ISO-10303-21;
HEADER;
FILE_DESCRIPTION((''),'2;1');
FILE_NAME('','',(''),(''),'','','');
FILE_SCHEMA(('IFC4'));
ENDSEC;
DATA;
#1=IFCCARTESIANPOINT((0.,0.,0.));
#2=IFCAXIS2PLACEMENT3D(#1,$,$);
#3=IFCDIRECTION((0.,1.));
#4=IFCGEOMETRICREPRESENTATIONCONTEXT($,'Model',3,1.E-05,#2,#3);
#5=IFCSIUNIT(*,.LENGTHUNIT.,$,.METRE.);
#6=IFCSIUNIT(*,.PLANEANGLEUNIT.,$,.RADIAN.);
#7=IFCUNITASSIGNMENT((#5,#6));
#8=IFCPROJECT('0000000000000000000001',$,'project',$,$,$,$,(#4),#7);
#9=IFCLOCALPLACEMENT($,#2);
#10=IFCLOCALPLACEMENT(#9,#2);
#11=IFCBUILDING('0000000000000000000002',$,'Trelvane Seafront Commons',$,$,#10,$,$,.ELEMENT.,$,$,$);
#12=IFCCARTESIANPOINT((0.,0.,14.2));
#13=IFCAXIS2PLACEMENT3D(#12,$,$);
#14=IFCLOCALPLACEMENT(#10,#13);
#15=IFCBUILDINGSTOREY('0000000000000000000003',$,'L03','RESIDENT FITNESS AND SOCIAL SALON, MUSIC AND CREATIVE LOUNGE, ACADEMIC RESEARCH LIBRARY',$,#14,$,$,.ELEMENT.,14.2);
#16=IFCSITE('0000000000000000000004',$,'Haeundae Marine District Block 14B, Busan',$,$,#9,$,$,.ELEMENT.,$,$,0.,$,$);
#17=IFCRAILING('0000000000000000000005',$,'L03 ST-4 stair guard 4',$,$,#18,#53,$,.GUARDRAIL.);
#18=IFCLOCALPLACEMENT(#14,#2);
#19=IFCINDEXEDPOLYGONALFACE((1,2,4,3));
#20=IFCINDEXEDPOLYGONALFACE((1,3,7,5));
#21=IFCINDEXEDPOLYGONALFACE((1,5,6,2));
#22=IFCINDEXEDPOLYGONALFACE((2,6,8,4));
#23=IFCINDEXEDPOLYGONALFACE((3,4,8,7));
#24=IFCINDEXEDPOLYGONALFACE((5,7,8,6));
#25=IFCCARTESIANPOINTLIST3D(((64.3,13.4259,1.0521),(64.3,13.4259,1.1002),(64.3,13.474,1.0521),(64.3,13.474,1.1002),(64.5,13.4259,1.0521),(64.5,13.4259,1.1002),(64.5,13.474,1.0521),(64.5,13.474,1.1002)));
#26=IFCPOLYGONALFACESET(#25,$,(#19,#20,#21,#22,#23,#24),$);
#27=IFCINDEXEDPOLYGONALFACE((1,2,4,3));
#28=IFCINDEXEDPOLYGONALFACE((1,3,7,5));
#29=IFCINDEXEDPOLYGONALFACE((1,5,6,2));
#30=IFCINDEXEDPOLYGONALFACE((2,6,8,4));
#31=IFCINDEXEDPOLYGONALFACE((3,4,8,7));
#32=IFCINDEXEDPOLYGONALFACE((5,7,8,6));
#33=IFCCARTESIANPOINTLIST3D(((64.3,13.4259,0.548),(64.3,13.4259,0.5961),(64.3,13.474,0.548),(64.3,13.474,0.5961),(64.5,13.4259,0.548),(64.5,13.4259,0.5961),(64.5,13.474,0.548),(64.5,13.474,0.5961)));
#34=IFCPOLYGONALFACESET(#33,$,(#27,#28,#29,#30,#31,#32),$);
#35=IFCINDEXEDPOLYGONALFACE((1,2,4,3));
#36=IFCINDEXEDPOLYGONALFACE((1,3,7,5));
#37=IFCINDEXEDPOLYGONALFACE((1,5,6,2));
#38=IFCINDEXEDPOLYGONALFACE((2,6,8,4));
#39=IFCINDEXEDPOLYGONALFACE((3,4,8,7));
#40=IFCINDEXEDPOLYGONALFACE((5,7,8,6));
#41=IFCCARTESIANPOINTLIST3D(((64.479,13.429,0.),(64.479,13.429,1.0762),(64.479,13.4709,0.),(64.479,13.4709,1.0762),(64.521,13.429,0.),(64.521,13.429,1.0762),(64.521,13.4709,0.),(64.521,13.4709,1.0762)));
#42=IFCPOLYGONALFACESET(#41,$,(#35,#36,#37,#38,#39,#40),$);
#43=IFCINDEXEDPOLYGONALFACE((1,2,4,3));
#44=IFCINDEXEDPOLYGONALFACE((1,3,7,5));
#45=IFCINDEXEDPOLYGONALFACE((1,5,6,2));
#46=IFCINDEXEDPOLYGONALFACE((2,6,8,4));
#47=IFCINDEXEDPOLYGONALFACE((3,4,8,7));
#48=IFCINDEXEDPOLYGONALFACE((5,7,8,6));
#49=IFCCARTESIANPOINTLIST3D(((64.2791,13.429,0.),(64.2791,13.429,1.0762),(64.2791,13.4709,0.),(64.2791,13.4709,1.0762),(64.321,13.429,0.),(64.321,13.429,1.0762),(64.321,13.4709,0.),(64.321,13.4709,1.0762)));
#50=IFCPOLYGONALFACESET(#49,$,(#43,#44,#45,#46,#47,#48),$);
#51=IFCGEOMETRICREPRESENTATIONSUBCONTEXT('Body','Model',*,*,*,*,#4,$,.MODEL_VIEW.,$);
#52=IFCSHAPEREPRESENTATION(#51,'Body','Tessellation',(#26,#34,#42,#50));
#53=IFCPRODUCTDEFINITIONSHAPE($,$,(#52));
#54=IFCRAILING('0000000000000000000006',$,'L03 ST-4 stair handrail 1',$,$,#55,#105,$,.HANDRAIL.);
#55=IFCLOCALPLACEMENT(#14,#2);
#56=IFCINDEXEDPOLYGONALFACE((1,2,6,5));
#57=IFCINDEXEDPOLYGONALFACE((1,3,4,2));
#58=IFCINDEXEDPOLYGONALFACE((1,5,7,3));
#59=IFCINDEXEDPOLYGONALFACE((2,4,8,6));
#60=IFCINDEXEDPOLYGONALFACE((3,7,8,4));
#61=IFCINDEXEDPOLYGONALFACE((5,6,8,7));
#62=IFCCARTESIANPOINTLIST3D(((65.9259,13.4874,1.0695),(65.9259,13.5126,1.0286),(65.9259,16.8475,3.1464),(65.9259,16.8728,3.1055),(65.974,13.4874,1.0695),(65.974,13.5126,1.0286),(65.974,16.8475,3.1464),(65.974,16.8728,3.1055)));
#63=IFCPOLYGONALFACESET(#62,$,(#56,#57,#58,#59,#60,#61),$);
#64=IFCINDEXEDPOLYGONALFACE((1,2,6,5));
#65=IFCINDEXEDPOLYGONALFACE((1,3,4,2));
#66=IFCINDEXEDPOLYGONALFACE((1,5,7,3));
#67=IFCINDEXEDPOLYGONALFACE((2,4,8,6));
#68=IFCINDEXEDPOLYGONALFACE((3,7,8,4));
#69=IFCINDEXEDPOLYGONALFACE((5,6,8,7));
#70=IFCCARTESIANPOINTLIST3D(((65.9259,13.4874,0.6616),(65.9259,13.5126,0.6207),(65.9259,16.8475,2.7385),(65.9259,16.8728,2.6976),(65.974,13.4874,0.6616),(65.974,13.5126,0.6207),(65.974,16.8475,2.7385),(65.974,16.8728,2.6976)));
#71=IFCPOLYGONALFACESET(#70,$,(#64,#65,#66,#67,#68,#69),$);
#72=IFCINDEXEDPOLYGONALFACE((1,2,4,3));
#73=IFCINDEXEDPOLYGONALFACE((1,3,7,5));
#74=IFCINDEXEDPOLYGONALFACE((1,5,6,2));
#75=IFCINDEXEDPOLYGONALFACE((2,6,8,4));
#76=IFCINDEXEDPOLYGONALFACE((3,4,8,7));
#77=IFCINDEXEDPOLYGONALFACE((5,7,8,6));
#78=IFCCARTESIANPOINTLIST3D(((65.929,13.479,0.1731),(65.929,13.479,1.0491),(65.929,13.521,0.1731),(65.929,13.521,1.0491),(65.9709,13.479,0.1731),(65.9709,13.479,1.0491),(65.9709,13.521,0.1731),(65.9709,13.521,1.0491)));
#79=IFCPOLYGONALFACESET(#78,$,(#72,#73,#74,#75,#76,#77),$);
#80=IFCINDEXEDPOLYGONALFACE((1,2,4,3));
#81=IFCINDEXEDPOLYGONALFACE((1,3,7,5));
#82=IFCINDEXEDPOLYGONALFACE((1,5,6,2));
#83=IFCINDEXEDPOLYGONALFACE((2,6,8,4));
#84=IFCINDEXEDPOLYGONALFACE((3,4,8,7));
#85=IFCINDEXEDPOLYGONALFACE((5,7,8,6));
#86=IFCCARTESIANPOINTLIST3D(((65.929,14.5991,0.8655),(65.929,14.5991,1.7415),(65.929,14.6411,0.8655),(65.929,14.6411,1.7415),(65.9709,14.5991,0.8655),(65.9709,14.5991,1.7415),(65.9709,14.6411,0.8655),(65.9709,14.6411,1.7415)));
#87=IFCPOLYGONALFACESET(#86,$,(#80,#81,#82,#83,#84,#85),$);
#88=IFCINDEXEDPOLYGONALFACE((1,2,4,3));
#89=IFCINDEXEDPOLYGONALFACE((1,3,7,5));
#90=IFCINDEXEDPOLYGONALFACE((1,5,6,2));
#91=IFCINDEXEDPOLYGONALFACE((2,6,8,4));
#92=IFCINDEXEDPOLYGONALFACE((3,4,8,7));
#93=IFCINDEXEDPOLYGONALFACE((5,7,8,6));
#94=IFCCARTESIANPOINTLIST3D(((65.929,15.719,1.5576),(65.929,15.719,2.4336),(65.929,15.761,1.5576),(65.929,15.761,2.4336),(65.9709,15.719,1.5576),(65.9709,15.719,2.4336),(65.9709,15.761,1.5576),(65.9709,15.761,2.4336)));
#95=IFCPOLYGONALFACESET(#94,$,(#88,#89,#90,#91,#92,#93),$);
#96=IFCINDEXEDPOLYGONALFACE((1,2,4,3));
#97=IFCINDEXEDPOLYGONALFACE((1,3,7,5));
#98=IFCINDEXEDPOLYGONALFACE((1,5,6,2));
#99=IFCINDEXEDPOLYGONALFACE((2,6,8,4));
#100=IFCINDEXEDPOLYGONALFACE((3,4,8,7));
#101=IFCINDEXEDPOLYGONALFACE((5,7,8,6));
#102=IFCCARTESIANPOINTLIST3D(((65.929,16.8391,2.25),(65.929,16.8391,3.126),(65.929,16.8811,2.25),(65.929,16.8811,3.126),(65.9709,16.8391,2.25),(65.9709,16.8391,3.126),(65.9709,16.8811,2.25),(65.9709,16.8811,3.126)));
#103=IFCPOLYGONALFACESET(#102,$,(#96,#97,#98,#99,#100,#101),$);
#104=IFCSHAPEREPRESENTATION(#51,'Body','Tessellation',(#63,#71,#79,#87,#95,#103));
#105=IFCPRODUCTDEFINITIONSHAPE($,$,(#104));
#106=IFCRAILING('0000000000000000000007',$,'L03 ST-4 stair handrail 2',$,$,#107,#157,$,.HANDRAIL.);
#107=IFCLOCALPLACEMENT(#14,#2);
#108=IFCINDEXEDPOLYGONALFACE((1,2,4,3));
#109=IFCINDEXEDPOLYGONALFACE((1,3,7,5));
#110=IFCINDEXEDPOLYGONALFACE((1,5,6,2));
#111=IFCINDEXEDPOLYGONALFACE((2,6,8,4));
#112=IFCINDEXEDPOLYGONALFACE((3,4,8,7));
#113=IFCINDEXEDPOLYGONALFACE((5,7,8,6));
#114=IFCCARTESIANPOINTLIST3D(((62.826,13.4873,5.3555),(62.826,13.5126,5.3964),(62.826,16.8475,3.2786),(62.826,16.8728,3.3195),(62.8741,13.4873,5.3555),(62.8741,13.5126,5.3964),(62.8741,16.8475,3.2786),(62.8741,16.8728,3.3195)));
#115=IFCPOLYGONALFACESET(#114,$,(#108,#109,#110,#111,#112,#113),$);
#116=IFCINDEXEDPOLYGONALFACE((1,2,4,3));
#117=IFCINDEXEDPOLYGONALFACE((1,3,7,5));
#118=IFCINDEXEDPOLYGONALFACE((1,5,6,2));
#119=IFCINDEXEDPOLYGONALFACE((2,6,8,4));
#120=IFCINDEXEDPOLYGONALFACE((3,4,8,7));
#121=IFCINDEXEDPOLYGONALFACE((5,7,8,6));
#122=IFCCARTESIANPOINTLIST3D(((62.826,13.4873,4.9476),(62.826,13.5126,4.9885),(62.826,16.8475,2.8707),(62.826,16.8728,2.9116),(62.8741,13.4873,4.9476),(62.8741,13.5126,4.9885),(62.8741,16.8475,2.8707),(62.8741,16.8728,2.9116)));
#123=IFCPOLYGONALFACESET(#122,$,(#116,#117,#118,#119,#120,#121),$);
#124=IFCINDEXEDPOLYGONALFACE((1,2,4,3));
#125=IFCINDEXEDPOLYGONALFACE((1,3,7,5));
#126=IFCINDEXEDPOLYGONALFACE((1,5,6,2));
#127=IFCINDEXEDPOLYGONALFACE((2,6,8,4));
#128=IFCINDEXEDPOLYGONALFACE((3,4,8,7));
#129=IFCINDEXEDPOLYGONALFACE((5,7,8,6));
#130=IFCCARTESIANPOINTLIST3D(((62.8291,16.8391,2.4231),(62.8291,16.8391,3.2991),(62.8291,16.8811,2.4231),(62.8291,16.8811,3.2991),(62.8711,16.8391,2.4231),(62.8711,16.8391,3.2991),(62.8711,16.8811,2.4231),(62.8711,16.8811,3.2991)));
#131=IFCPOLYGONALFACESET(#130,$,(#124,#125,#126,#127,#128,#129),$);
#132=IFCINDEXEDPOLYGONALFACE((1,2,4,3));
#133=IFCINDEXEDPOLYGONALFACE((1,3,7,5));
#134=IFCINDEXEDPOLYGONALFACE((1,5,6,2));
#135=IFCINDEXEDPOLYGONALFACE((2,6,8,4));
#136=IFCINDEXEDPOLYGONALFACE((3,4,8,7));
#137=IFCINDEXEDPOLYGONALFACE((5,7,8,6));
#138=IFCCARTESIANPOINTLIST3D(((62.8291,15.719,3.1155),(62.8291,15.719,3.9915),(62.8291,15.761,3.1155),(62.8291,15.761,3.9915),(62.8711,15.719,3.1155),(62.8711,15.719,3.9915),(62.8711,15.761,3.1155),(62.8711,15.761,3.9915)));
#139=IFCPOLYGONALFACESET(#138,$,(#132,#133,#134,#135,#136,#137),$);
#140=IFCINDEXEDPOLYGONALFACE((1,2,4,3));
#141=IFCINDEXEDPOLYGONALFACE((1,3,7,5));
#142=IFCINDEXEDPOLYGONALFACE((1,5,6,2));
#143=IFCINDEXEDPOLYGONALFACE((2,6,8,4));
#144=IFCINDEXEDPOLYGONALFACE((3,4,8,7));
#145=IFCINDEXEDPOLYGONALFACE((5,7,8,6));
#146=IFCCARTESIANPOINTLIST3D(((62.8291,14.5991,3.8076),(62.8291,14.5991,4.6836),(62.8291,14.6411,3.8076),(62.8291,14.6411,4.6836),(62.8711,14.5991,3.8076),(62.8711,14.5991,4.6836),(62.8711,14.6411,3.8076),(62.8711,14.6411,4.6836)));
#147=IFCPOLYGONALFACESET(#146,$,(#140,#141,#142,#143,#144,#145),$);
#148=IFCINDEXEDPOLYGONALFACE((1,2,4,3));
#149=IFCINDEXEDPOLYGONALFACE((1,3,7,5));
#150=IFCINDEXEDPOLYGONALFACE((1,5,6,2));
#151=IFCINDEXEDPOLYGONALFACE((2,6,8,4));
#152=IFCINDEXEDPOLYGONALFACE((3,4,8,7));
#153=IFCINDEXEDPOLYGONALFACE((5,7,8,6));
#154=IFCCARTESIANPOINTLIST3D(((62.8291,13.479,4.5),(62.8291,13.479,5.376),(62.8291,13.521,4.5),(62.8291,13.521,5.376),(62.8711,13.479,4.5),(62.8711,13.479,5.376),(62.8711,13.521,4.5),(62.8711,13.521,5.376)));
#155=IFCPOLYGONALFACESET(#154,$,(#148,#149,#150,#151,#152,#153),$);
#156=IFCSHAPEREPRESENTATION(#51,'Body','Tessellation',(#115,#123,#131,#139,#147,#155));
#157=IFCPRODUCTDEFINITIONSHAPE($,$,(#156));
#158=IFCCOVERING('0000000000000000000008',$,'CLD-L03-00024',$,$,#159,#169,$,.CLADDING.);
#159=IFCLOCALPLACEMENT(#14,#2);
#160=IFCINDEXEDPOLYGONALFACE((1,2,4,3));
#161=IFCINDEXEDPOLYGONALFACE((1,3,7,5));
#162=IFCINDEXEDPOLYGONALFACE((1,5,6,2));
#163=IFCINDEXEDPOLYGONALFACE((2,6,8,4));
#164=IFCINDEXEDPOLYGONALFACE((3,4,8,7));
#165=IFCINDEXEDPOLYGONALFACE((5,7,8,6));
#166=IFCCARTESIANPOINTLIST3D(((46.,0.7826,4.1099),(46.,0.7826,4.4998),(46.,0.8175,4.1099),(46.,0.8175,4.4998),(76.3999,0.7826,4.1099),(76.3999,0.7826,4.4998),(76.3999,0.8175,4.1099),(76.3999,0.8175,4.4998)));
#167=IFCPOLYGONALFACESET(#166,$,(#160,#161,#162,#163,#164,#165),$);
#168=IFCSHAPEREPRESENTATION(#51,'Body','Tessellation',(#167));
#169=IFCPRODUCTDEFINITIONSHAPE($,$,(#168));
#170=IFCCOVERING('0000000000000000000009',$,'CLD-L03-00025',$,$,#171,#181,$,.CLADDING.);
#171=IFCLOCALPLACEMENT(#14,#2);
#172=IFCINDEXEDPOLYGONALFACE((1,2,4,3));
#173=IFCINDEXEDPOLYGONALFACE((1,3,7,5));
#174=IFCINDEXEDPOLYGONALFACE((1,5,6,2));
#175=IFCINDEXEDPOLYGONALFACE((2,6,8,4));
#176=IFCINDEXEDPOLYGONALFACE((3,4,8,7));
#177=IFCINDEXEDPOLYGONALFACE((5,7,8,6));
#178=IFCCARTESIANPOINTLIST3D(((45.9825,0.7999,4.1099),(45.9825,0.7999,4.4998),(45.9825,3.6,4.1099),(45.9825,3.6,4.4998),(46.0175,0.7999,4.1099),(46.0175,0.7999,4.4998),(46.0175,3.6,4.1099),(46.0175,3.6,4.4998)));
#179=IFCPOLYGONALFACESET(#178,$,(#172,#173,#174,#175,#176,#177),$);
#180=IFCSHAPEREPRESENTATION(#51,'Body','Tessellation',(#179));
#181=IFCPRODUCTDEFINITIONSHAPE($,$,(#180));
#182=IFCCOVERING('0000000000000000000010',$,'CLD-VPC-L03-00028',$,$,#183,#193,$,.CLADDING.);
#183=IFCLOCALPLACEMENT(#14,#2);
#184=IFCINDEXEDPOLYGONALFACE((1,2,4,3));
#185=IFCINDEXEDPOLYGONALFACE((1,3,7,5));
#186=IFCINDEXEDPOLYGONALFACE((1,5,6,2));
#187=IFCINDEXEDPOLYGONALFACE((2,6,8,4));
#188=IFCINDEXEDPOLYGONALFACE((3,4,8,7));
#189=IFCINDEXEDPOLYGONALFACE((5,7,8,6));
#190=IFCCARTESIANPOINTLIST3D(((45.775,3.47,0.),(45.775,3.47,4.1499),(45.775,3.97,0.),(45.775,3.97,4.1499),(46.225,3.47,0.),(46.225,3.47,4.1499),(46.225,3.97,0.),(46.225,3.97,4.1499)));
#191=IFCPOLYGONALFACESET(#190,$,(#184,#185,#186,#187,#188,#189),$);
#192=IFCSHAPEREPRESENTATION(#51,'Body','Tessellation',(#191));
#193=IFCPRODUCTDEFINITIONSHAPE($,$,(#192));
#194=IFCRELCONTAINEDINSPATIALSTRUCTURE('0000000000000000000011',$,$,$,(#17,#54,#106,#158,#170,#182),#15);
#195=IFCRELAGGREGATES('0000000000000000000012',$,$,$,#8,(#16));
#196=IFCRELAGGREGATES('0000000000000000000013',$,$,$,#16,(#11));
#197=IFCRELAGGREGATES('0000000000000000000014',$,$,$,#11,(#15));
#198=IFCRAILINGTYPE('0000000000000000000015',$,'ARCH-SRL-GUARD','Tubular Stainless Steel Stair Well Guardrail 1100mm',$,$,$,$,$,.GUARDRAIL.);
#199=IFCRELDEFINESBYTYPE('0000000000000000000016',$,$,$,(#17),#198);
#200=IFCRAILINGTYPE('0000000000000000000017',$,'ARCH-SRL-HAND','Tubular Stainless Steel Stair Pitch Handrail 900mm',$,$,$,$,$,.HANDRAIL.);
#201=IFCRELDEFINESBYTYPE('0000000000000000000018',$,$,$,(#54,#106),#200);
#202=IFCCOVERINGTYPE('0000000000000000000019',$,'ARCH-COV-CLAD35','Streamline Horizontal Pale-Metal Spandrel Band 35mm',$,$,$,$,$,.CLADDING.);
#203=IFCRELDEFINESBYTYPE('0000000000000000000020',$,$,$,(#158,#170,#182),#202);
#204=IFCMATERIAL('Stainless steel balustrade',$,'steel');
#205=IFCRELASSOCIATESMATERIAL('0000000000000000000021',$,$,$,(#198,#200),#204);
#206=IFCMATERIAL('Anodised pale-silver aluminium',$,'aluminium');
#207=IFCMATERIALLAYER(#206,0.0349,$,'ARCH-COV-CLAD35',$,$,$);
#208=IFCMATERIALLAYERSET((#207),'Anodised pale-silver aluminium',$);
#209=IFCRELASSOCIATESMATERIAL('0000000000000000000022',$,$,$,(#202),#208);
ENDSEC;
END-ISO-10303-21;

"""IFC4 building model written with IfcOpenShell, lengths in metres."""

from ifc_helpers import new_model, si_unit, direction, frame, origin, origin_2d, place, context, subcontext, project, spatial, rectangle, extrude, source, transform, mapped, material, layer, layer_set, type_object, element, save


model = new_model("IFC4")

# Units and contexts
model_context = context("Model", 3, precision=1e-05, world=origin(), true_north=direction((0.0, 1.0)))
body_context = subcontext(model_context, "Body", "Model", "MODEL_VIEW")
ifc_project = project(units=[si_unit("LENGTHUNIT", "METRE"), si_unit("PLANEANGLEUNIT", "RADIAN")], contexts=[model_context])

# Site, building, storey
site_placement = place(None, origin())
site = spatial("IfcSite", under=ifc_project, at=site_placement, Name="Haeundae Marine District Block 14B, Busan", CompositionType="ELEMENT", RefElevation=0.0)
building_placement = place(site_placement, origin())
building = spatial("IfcBuilding", under=site, at=building_placement, Name="Trelvane Seafront Commons", CompositionType="ELEMENT")
storey_placement = place(building_placement, frame((0.0, 0.0, 14.2)))
storey = spatial("IfcBuildingStorey", under=building, at=storey_placement, Name="L03", Description="RESIDENT FITNESS AND SOCIAL SALON, MUSIC AND CREATIVE LOUNGE, ACADEMIC RESEARCH LIBRARY", CompositionType="ELEMENT", Elevation=14.2)

# Railings
ifc_material_1 = material(Name="Stainless steel balustrade", Category="steel")
railing_type_1 = type_object("IfcRailingType", Name="ARCH-SRL-GUARD", Description="Tubular Stainless Steel Stair Well Guardrail 1100mm", PredefinedType="GUARDRAIL", material=ifc_material_1)
railing_1_placement = place(storey_placement, frame((64.5, 13.45, 0.0)))
element("IfcRailing", 1, at=railing_1_placement, inside=storey, type_object=railing_type_1, Name="L03 ST-4 stair guard 4", PredefinedType="GUARDRAIL", context=body_context, shape_type="SweptSolid", body=[
    extrude(rectangle(XDim=0.0481, YDim=0.0481, at=origin_2d()), frame((0.0, 0.0, 1.0762), z_axis=(-1.0, 0.0, 0.0), x_axis=(0.0, -1.0, 0.0)), (0.0, 0.0, 1.0), 0.2),
    extrude(rectangle(XDim=0.0481, YDim=0.0481, at=origin_2d()), frame((0.0, 0.0, 0.572), z_axis=(-1.0, 0.0, 0.0), x_axis=(0.0, -1.0, 0.0)), (0.0, 0.0, 1.0), 0.2),
    extrude(rectangle(XDim=0.042, YDim=0.042, at=origin_2d()), origin(), (0.0, 0.0, 1.0), 1.0762),
    extrude(rectangle(XDim=0.042, YDim=0.042, at=origin_2d()), frame((-0.2, 0.0, 0.0)), (0.0, 0.0, 1.0), 1.0762),
])
railing_type_2 = type_object("IfcRailingType", Name="ARCH-SRL-HAND", Description="Tubular Stainless Steel Stair Pitch Handrail 900mm", PredefinedType="HANDRAIL", material=ifc_material_1)
railing_2_placement = place(storey_placement, frame((65.95, 13.5, 0.1731)))
element("IfcRailing", 2, at=railing_2_placement, inside=storey, type_object=railing_type_2, Name="L03 ST-4 stair handrail 1", PredefinedType="HANDRAIL", context=body_context, shape_type="SweptSolid", body=[
    extrude(rectangle(XDim=0.0481, YDim=0.0481, at=origin_2d()), frame((0.0, 0.0, 0.876), z_axis=(0.0, 0.850623, 0.525776), x_axis=(-1.0, 0.0, 0.0)), (0.0, 0.0, 1.0), 3.9502),
    extrude(rectangle(XDim=0.0481, YDim=0.0481, at=origin_2d()), frame((0.0, 0.0, 0.468), z_axis=(0.0, 0.850623, 0.525776), x_axis=(-1.0, 0.0, 0.0)), (0.0, 0.0, 1.0), 3.9502),
    extrude(rectangle(XDim=0.042, YDim=0.042, at=origin_2d()), origin(), (0.0, 0.0, 1.0), 0.876),
    extrude(rectangle(XDim=0.042, YDim=0.042, at=origin_2d()), frame((0.0, 1.1201, 0.6924)), (0.0, 0.0, 1.0), 0.876),
    extrude(rectangle(XDim=0.042, YDim=0.042, at=origin_2d()), frame((0.0, 2.24, 1.3845)), (0.0, 0.0, 1.0), 0.876),
    extrude(rectangle(XDim=0.042, YDim=0.042, at=origin_2d()), frame((0.0, 3.3601, 2.0769)), (0.0, 0.0, 1.0), 0.876),
])
railing_3_placement = place(storey_placement, frame((62.8501, 16.8601, 2.4231)))
element("IfcRailing", 3, at=railing_3_placement, inside=storey, type_object=railing_type_2, Name="L03 ST-4 stair handrail 2", PredefinedType="HANDRAIL", context=body_context, shape_type="SweptSolid", body=[
    extrude(rectangle(XDim=0.0481, YDim=0.0481, at=origin_2d()), frame((0.0, 0.0, 0.876), z_axis=(0.0, -0.850623, 0.525776), x_axis=(1.0, 0.0, 0.0)), (0.0, 0.0, 1.0), 3.9502),
    extrude(rectangle(XDim=0.0481, YDim=0.0481, at=origin_2d()), frame((0.0, 0.0, 0.468), z_axis=(0.0, -0.850623, 0.525776), x_axis=(1.0, 0.0, 0.0)), (0.0, 0.0, 1.0), 3.9502),
    extrude(rectangle(XDim=0.042, YDim=0.042, at=origin_2d()), origin(), (0.0, 0.0, 1.0), 0.876),
    extrude(rectangle(XDim=0.042, YDim=0.042, at=origin_2d()), frame((0.0, -1.1201, 0.6924)), (0.0, 0.0, 1.0), 0.876),
    extrude(rectangle(XDim=0.042, YDim=0.042, at=origin_2d()), frame((0.0, -2.24, 1.3845)), (0.0, 0.0, 1.0), 0.876),
    extrude(rectangle(XDim=0.042, YDim=0.042, at=origin_2d()), frame((0.0, -3.3601, 2.0769)), (0.0, 0.0, 1.0), 0.876),
])

# Coverings
ifc_material_2 = material(Name="Anodised pale-silver aluminium", Category="aluminium")
ifc_layer_1 = layer(ifc_material_2, 0.0349, Name="ARCH-COV-CLAD35")
ifc_layer_set_1 = layer_set([ifc_layer_1], Name="Anodised pale-silver aluminium")
covering_type = type_object("IfcCoveringType", Name="ARCH-COV-CLAD35", Description="Streamline Horizontal Pale-Metal Spandrel Band 35mm", PredefinedType="CLADDING", material=ifc_layer_set_1)
shared_shape_1 = source(origin(), body_context, "Body", "SweptSolid", [
    extrude(rectangle(XDim=30.3999, YDim=0.0349, at=origin_2d()), origin(), (0.0, 0.0, 1.0), 0.3899),
])
covering_1_placement = place(storey_placement, frame((61.2, 0.8, 4.1099), z_axis=(0.0, 0.0, 1.0), x_axis=(-1.0, 0.0, 0.0)))
element("IfcCovering", 4, at=covering_1_placement, inside=storey, type_object=covering_type, Name="CLD-L03-00024", PredefinedType="CLADDING", context=body_context, shape_type="MappedRepresentation", body=[
    mapped(shared_shape_1, transform((0.0, 0.0, 0.0), x_axis=(1.0, 0.0, 0.0), y_axis=(0.0, 1.0, 0.0), z_axis=(0.0, 0.0, 1.0), scale=1.0)),
])
shared_shape_2 = source(origin(), body_context, "Body", "SweptSolid", [
    extrude(rectangle(XDim=2.8, YDim=0.0349, at=origin_2d()), origin(), (0.0, 0.0, 1.0), 0.3899),
])
covering_2_placement = place(storey_placement, frame((46.0, 2.2, 4.1099), z_axis=(0.0, 0.0, 1.0), x_axis=(0.0, 1.0, 0.0)))
element("IfcCovering", 5, at=covering_2_placement, inside=storey, type_object=covering_type, Name="CLD-L03-00025", PredefinedType="CLADDING", context=body_context, shape_type="MappedRepresentation", body=[
    mapped(shared_shape_2, transform((0.0, 0.0, 0.0), x_axis=(1.0, 0.0, 0.0), y_axis=(0.0, 1.0, 0.0), z_axis=(0.0, 0.0, 1.0), scale=1.0)),
])
shared_shape_3 = source(origin(), body_context, "Body", "SweptSolid", [
    extrude(rectangle(XDim=0.45, YDim=0.5, at=origin_2d()), origin(), (0.0, 0.0, 1.0), 4.1499),
])
covering_3_placement = place(storey_placement, frame((46.0, 3.72, 0.0), z_axis=(0.0, 0.0, 1.0), x_axis=(1.0, 0.0, 0.0)))
element("IfcCovering", 6, at=covering_3_placement, inside=storey, type_object=covering_type, Name="CLD-VPC-L03-00028", PredefinedType="CLADDING", context=body_context, shape_type="MappedRepresentation", body=[
    mapped(shared_shape_3, transform((0.0, 0.0, 0.0), x_axis=(1.0, 0.0, 0.0), y_axis=(0.0, 1.0, 0.0), z_axis=(0.0, 0.0, 1.0), scale=1.0)),
])

save(model, "model.ifc")
